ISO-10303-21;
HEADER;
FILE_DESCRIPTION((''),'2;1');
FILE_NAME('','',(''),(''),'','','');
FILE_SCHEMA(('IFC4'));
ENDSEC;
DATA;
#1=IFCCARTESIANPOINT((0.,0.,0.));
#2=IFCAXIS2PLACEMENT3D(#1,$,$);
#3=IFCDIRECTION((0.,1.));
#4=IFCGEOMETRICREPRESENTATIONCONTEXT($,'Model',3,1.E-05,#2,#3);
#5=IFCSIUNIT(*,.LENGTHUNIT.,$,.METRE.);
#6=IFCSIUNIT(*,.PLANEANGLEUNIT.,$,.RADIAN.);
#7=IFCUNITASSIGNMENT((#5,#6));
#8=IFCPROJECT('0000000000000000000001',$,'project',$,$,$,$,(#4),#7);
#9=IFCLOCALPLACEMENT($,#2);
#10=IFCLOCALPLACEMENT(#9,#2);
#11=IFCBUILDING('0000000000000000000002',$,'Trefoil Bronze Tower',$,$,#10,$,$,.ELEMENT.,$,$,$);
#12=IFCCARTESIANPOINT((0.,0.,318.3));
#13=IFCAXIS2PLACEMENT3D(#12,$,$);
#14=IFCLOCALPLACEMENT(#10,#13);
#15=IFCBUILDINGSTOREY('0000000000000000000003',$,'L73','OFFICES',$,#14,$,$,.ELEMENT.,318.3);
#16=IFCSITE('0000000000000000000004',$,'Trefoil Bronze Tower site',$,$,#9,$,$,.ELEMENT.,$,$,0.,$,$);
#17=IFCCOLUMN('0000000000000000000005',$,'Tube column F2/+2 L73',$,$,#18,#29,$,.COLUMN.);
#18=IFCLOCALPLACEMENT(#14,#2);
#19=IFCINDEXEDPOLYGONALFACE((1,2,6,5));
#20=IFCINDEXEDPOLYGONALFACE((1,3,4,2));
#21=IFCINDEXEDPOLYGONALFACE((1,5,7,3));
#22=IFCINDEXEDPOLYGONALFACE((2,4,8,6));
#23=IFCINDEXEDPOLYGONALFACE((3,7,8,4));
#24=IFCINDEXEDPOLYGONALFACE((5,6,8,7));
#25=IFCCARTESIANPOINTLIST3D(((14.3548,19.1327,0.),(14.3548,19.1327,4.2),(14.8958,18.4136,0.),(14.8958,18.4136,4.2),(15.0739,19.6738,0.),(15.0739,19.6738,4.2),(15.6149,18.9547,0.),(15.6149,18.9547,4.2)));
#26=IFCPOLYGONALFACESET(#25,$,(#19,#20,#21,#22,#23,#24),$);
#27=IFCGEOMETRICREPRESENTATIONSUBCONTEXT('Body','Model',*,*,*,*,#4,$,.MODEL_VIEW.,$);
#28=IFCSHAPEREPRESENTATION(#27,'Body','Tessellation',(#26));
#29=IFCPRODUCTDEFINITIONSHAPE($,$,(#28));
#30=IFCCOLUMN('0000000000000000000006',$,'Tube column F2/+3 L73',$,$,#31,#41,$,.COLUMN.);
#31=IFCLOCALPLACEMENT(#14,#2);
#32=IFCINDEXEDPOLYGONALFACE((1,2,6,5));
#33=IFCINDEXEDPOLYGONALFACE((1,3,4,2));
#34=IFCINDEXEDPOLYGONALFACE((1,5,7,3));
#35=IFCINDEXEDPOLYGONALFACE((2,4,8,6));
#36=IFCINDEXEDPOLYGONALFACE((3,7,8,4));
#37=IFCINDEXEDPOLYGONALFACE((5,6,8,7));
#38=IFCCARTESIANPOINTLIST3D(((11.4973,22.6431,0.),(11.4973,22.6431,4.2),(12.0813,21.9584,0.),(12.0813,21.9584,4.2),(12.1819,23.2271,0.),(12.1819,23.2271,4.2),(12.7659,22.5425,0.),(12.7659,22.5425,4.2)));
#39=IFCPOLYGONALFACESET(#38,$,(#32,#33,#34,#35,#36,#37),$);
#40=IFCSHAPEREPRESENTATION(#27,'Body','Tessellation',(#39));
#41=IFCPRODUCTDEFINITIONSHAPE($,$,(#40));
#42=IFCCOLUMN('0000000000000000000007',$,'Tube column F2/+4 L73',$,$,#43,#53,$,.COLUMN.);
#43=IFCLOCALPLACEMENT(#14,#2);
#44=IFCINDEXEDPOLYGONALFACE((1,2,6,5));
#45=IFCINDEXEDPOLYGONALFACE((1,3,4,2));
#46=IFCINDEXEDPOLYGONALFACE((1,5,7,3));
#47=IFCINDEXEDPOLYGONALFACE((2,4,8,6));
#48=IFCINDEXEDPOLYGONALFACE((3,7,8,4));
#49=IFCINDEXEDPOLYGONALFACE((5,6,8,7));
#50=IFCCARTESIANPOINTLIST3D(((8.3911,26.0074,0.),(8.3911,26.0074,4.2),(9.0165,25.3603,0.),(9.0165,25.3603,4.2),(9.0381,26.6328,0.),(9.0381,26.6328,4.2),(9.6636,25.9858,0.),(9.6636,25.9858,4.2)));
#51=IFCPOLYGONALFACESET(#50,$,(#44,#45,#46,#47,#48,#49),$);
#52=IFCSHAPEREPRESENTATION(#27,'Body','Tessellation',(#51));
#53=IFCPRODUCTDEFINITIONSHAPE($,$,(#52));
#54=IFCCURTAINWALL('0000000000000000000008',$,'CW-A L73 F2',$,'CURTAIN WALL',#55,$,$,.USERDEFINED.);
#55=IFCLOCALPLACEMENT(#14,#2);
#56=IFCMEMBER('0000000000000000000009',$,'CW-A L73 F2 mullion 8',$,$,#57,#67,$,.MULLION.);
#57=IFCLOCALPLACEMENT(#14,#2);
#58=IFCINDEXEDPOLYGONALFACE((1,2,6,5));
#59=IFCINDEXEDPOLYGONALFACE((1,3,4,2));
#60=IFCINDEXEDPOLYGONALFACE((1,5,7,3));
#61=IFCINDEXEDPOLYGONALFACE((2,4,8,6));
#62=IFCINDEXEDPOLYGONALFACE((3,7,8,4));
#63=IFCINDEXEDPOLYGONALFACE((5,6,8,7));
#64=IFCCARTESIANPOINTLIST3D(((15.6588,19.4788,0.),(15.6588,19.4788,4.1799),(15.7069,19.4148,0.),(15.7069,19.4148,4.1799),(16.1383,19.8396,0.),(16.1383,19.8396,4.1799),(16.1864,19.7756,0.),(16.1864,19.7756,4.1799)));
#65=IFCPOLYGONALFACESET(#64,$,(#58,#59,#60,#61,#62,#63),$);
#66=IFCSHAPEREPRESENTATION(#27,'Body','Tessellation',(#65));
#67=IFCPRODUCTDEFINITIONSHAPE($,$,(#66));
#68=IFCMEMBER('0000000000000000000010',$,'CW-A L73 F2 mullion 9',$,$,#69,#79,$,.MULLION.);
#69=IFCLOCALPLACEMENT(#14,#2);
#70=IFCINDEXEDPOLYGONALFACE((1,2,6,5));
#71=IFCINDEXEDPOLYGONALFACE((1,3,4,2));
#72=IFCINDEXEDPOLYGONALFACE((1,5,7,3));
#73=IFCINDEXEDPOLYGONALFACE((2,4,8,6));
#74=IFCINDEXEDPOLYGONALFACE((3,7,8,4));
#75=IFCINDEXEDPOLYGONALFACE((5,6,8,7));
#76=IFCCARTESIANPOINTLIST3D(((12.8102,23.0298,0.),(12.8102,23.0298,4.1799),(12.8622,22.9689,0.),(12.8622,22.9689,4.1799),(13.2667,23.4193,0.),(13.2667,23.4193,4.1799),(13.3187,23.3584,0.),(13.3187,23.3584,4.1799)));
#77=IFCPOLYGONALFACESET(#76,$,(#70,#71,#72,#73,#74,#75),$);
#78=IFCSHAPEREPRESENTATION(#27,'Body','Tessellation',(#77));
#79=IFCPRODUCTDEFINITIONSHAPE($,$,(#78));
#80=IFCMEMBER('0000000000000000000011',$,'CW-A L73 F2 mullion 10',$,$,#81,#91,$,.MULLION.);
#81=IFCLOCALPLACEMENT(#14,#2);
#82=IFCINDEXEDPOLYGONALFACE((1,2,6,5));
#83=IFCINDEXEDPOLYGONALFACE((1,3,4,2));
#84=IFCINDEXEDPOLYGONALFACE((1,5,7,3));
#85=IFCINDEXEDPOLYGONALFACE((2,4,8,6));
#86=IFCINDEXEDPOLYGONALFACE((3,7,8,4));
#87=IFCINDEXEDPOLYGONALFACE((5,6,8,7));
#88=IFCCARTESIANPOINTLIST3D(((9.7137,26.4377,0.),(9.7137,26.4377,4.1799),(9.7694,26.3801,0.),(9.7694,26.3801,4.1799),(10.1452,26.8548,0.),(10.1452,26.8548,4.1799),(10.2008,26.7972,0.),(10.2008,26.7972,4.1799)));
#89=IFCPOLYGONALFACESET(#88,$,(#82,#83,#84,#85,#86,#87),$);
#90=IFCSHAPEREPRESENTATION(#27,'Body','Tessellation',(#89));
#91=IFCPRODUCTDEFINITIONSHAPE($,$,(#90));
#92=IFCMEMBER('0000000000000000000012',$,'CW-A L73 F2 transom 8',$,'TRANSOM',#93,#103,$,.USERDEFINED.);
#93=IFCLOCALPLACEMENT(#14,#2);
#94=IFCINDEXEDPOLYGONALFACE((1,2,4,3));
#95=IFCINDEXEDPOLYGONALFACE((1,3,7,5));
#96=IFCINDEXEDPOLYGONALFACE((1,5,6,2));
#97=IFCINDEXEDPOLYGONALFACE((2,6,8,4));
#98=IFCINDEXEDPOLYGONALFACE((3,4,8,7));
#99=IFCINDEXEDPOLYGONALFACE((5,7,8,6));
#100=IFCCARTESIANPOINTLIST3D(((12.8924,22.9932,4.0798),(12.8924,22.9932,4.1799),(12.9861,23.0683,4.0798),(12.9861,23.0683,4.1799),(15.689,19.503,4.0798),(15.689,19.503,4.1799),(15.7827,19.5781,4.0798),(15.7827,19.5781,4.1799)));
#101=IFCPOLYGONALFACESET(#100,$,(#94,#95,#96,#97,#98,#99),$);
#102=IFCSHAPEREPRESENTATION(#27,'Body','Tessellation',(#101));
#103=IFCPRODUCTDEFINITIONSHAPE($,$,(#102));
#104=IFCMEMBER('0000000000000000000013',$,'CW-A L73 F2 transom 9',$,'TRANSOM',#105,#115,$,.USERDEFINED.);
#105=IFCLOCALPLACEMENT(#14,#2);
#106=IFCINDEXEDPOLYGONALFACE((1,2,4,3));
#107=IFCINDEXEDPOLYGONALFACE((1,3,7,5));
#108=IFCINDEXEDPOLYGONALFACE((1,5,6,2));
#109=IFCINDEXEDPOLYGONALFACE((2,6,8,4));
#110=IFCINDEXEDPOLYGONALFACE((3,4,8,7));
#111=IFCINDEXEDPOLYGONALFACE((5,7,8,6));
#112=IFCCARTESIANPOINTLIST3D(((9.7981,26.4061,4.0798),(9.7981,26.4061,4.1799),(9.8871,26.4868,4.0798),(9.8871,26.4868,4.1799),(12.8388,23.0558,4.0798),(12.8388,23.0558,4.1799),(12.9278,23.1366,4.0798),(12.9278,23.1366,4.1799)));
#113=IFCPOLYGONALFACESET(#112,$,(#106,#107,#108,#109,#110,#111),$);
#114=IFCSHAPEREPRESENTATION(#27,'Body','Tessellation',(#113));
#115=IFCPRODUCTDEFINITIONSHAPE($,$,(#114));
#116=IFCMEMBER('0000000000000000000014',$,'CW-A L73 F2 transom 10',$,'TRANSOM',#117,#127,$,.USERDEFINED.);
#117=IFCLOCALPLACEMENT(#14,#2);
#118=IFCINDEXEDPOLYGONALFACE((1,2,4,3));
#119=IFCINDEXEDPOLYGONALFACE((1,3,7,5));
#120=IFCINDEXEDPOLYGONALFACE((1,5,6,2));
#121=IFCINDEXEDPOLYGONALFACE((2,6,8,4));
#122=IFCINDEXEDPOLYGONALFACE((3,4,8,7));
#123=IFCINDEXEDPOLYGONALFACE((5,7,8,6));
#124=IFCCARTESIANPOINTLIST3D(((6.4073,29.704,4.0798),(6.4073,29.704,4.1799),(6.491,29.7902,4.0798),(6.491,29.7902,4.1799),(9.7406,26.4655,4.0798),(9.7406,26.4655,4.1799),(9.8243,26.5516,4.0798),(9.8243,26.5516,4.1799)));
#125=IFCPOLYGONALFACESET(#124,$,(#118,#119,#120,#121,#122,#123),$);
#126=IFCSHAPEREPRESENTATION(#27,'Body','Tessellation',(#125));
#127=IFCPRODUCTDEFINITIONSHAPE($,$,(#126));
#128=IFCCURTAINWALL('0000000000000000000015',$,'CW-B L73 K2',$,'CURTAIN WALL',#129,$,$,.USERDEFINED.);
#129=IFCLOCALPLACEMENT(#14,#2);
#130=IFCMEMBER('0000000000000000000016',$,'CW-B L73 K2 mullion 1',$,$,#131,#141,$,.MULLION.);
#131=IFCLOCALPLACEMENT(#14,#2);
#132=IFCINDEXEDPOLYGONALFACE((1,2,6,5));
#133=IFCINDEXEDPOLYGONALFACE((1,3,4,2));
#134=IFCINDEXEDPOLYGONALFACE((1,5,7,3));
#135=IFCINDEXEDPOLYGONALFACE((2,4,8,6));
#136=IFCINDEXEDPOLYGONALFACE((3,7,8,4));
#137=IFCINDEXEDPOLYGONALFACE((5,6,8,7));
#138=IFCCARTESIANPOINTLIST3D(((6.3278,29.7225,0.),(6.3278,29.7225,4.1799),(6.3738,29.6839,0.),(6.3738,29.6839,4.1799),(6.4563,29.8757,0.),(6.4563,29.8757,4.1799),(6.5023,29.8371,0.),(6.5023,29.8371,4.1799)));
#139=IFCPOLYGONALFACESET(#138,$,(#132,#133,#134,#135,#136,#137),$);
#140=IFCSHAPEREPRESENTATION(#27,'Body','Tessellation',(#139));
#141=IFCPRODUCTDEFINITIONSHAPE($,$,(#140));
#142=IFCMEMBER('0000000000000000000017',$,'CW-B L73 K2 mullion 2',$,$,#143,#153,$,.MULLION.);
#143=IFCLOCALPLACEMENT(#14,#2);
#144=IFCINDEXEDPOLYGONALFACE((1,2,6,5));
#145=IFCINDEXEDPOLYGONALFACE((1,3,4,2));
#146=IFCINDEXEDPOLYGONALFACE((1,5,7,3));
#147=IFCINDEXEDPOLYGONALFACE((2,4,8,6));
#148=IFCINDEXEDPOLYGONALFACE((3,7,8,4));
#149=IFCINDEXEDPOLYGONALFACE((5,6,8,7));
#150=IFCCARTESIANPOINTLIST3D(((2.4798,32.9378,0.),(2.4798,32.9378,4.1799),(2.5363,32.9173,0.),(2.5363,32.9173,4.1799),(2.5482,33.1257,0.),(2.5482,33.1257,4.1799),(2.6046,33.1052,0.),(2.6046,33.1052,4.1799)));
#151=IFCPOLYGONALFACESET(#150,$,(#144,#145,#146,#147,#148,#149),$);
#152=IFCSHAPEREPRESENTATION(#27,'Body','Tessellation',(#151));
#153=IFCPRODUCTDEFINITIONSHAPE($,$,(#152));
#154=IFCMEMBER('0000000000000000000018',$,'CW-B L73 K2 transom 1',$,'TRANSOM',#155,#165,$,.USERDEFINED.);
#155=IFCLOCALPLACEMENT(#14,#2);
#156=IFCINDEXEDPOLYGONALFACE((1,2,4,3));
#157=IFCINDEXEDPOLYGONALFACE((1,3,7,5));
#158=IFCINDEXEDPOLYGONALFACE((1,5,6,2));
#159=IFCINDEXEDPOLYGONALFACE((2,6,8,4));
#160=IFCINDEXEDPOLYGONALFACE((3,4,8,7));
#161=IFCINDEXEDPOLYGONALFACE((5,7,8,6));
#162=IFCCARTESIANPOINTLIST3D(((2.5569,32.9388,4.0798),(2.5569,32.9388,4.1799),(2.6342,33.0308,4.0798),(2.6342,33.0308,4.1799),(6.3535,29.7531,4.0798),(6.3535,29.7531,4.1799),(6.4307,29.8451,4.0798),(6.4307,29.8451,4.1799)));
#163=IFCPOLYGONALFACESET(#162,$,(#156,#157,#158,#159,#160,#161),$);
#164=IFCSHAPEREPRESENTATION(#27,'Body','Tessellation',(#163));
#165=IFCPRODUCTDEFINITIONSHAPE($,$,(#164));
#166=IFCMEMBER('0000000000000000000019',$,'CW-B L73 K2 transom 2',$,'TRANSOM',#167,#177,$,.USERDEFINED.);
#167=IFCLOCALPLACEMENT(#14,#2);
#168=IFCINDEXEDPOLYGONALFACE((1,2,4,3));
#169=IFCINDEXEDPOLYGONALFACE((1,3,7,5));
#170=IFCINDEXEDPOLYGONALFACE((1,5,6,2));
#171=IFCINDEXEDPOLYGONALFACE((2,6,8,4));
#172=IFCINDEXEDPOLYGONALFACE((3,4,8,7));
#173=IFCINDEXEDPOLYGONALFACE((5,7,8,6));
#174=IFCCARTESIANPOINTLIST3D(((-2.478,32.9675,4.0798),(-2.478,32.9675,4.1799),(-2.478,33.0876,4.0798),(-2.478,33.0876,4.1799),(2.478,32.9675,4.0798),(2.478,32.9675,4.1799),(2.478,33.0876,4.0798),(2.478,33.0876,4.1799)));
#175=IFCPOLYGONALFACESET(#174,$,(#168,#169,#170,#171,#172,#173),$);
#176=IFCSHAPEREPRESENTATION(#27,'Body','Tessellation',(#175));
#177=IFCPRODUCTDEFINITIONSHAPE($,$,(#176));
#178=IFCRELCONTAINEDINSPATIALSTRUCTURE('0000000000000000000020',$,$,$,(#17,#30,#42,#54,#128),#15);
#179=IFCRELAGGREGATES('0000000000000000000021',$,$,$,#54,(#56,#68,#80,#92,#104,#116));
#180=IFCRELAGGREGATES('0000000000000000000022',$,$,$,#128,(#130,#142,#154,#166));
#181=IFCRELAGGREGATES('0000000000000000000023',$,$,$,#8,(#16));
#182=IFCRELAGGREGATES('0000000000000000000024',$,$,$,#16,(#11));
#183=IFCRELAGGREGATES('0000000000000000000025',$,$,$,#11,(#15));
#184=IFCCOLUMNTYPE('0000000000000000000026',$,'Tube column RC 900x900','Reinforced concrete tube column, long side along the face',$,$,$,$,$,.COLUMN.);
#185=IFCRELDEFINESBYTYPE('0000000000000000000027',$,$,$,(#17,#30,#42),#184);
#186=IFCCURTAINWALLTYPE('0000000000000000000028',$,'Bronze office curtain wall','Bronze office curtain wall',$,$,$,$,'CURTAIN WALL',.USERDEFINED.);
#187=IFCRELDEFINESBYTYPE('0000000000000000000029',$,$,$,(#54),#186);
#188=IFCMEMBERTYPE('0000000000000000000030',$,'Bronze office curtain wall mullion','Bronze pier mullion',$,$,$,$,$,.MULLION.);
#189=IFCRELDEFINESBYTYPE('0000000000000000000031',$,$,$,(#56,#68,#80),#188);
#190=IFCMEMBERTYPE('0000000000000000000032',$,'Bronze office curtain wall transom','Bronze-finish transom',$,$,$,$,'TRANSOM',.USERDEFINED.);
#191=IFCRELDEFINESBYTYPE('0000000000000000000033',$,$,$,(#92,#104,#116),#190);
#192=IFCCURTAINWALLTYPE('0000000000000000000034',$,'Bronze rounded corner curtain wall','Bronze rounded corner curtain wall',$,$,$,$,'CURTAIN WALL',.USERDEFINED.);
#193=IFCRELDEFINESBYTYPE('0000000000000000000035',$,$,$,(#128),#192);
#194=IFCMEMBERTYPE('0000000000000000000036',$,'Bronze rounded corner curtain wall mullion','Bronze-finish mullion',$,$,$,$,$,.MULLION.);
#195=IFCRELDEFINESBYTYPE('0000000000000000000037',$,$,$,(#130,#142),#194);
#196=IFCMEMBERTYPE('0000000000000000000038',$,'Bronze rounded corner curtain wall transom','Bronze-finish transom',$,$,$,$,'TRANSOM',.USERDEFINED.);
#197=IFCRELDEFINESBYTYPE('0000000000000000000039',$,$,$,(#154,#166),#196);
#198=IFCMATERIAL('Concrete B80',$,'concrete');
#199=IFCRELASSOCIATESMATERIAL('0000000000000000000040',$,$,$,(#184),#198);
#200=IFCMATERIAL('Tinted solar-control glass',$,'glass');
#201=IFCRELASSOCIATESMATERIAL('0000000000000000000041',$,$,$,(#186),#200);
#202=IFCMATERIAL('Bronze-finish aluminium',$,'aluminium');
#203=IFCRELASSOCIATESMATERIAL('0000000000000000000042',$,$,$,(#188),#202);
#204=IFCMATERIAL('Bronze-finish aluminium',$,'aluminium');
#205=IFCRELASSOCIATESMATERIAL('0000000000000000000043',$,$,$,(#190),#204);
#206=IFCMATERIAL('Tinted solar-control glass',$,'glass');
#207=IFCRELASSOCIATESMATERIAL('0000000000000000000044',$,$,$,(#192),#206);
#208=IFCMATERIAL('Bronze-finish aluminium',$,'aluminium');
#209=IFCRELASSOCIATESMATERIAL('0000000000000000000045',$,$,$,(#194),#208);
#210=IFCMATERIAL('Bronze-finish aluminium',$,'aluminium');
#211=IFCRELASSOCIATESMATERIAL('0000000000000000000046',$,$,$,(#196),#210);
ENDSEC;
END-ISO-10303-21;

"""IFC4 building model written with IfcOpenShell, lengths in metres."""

from ifc_helpers import new_model, si_unit, direction, frame, origin, origin_2d, place, context, subcontext, project, spatial, rectangle, extrude, material, material_profile, profile_set, type_object, element, aggregate, save


model = new_model("IFC4")

# Units and contexts
model_context = context("Model", 3, precision=1e-05, world=origin(), true_north=direction((0.0, 1.0)))
body_context = subcontext(model_context, "Body", "Model", "MODEL_VIEW")
ifc_project = project(units=[si_unit("LENGTHUNIT", "METRE"), si_unit("PLANEANGLEUNIT", "RADIAN")], contexts=[model_context])

# Site, building, storey
site_placement = place(None, origin())
site = spatial("IfcSite", under=ifc_project, at=site_placement, Name="Trefoil Bronze Tower site", CompositionType="ELEMENT", RefElevation=0.0)
building_placement = place(site_placement, origin())
building = spatial("IfcBuilding", under=site, at=building_placement, Name="Trefoil Bronze Tower", CompositionType="ELEMENT")
storey_placement = place(building_placement, frame((0.0, 0.0, 318.3)))
storey = spatial("IfcBuildingStorey", under=building, at=storey_placement, Name="L73", Description="OFFICES", CompositionType="ELEMENT", Elevation=318.3)

# Columns
ifc_material_1 = material(Name="Concrete B80", Category="concrete")
ifc_material_profile_1 = material_profile(ifc_material_1, rectangle(XDim=0.8999, YDim=0.8999, at=origin_2d()), Name="RC 900x900")
ifc_profile_set_1 = profile_set([ifc_material_profile_1], Name="Concrete B80")
column_type = type_object("IfcColumnType", Name="Tube column RC 900x900", Description="Reinforced concrete tube column, long side along the face", PredefinedType="COLUMN", material=ifc_profile_set_1)
for number, where, z_axis, x_axis, name in (
    (1, (14.9849, 19.0437, 0.0), (0.0, 0.0, 1.0), (-0.601203, 0.799096, 0.0), "Tube column F2/+2 L73"),
    (2, (12.1316, 22.5928, 0.0), (0.0, 0.0, 1.0), (-0.649008, 0.760781, 0.0), "Tube column F2/+3 L73"),
    (3, (9.0273, 25.9966, 0.0), (0.0, 0.0, 1.0), (-0.695009, 0.719001, 0.0), "Tube column F2/+4 L73"),
):
    element("IfcColumn", number, at=place(storey_placement, frame(where, z_axis=z_axis, x_axis=x_axis)), inside=storey, type_object=column_type, Name=name, PredefinedType="COLUMN", context=body_context, shape_type="SweptSolid", body=[
        extrude(rectangle(XDim=0.8999, YDim=0.8999, at=origin_2d()), origin(), (0.0, 0.0, 1.0), 4.2),
    ])

# Curtain walls, members
ifc_material_2 = material(Name="Tinted solar-control glass", Category="glass")
curtain_wall_type_1 = type_object("IfcCurtainWallType", Name="Bronze office curtain wall", Description="Bronze office curtain wall", ElementType="CURTAIN WALL", PredefinedType="USERDEFINED", material=ifc_material_2)
curtain_wall_1_placement = place(storey_placement, origin())
curtain_wall_1 = element("IfcCurtainWall", 4, at=curtain_wall_1_placement, inside=storey, type_object=curtain_wall_type_1, Name="CW-A L73 F2", ObjectType="CURTAIN WALL", PredefinedType="USERDEFINED")
ifc_material_3 = material(Name="Bronze-finish aluminium", Category="aluminium")
ifc_material_profile_2 = material_profile(ifc_material_3, rectangle(XDim=0.6001, YDim=0.0801, at=origin_2d()), Name="CW-A mullion")
ifc_profile_set_2 = profile_set([ifc_material_profile_2], Name="Bronze-finish aluminium")
member_type_1 = type_object("IfcMemberType", Name="Bronze office curtain wall mullion", Description="Bronze pier mullion", PredefinedType="MULLION", material=ifc_profile_set_2)
member_1_placement = place(storey_placement, frame((15.9226, 19.6272, 0.0), z_axis=(0.0, 0.0, 1.0), x_axis=(-0.799096, -0.601203, 0.0)))
member_1 = element("IfcMember", 5, at=member_1_placement, type_object=member_type_1, Name="CW-A L73 F2 mullion 8", PredefinedType="MULLION", context=body_context, shape_type="SweptSolid", body=[
    extrude(rectangle(XDim=0.6001, YDim=0.0801, at=origin_2d()), origin(), (0.0, 0.0, 1.0), 4.1799),
])
member_2_placement = place(storey_placement, frame((13.0645, 23.1941, 0.0), z_axis=(0.0, 0.0, 1.0), x_axis=(-0.760781, -0.649008, 0.0)))
member_2 = element("IfcMember", 6, at=member_2_placement, type_object=member_type_1, Name="CW-A L73 F2 mullion 9", PredefinedType="MULLION", context=body_context, shape_type="SweptSolid", body=[
    extrude(rectangle(XDim=0.6001, YDim=0.0801, at=origin_2d()), origin(), (0.0, 0.0, 1.0), 4.1799),
])
member_3_placement = place(storey_placement, frame((9.9573, 26.6174, 0.0), z_axis=(0.0, 0.0, 1.0), x_axis=(-0.719001, -0.695009, 0.0)))
member_3 = element("IfcMember", 7, at=member_3_placement, type_object=member_type_1, Name="CW-A L73 F2 mullion 10", PredefinedType="MULLION", context=body_context, shape_type="SweptSolid", body=[
    extrude(rectangle(XDim=0.6001, YDim=0.0801, at=origin_2d()), origin(), (0.0, 0.0, 1.0), 4.1799),
])
ifc_material_4 = material(Name="Bronze-finish aluminium", Category="aluminium")
ifc_material_profile_3 = material_profile(ifc_material_4, rectangle(XDim=0.1201, YDim=0.1001, at=origin_2d()), Name="CW-A transom")
ifc_profile_set_3 = profile_set([ifc_material_profile_3], Name="Bronze-finish aluminium")
member_type_2 = type_object("IfcMemberType", Name="Bronze office curtain wall transom", Description="Bronze-finish transom", ElementType="TRANSOM", PredefinedType="USERDEFINED", material=ifc_profile_set_3)
member_4_placement = place(storey_placement, frame((15.7358, 19.5405, 4.1299), z_axis=(-0.625301, 0.780384, 0.0), x_axis=(-0.780384, -0.625301, 0.0)))
member_4 = element("IfcMember", 8, at=member_4_placement, type_object=member_type_2, Name="CW-A L73 F2 transom 8", ObjectType="TRANSOM", PredefinedType="USERDEFINED", context=body_context, shape_type="SweptSolid", body=[
    extrude(rectangle(XDim=0.1201, YDim=0.1001, at=origin_2d()), origin(), (0.0, 0.0, 1.0), 4.4724),
])
member_5_placement = place(storey_placement, frame((12.8833, 23.0962, 4.1299), z_axis=(-0.672068, 0.740489, 0.0), x_axis=(-0.740489, -0.672068, 0.0)))
member_5 = element("IfcMember", 9, at=member_5_placement, type_object=member_type_2, Name="CW-A L73 F2 transom 9", ObjectType="TRANSOM", PredefinedType="USERDEFINED", context=body_context, shape_type="SweptSolid", body=[
    extrude(rectangle(XDim=0.1201, YDim=0.1001, at=origin_2d()), origin(), (0.0, 0.0, 1.0), 4.5244),
])
member_6_placement = place(storey_placement, frame((9.7825, 26.5085, 4.1299), z_axis=(-0.717225, 0.696842, 0.0), x_axis=(-0.696842, -0.717225, 0.0)))
member_6 = element("IfcMember", 10, at=member_6_placement, type_object=member_type_2, Name="CW-A L73 F2 transom 10", ObjectType="TRANSOM", PredefinedType="USERDEFINED", context=body_context, shape_type="SweptSolid", body=[
    extrude(rectangle(XDim=0.1201, YDim=0.1001, at=origin_2d()), origin(), (0.0, 0.0, 1.0), 4.6475),
])
ifc_material_5 = material(Name="Tinted solar-control glass", Category="glass")
curtain_wall_type_2 = type_object("IfcCurtainWallType", Name="Bronze rounded corner curtain wall", Description="Bronze rounded corner curtain wall", ElementType="CURTAIN WALL", PredefinedType="USERDEFINED", material=ifc_material_5)
curtain_wall_2_placement = place(storey_placement, origin())
curtain_wall_2 = element("IfcCurtainWall", 11, at=curtain_wall_2_placement, inside=storey, type_object=curtain_wall_type_2, Name="CW-B L73 K2", ObjectType="CURTAIN WALL", PredefinedType="USERDEFINED")
ifc_material_6 = material(Name="Bronze-finish aluminium", Category="aluminium")
ifc_material_profile_4 = material_profile(ifc_material_6, rectangle(XDim=0.2, YDim=0.0601, at=origin_2d()), Name="CW-B mullion")
ifc_profile_set_4 = profile_set([ifc_material_profile_4], Name="Bronze-finish aluminium")
member_type_3 = type_object("IfcMemberType", Name="Bronze rounded corner curtain wall mullion", Description="Bronze-finish mullion", PredefinedType="MULLION", material=ifc_profile_set_4)
member_7_placement = place(storey_placement, frame((6.415, 29.7798, 0.0), z_axis=(0.0, 0.0, 1.0), x_axis=(-0.642788, -0.766044, 0.0)))
member_7 = element("IfcMember", 12, at=member_7_placement, type_object=member_type_3, Name="CW-B L73 K2 mullion 1", PredefinedType="MULLION", context=body_context, shape_type="SweptSolid", body=[
    extrude(rectangle(XDim=0.2, YDim=0.0601, at=origin_2d()), origin(), (0.0, 0.0, 1.0), 4.1799),
])
member_8_placement = place(storey_placement, frame((2.5422, 33.0215, 0.0), z_axis=(0.0, 0.0, 1.0), x_axis=(-0.34202, -0.939693, 0.0)))
member_8 = element("IfcMember", 13, at=member_8_placement, type_object=member_type_3, Name="CW-B L73 K2 mullion 2", PredefinedType="MULLION", context=body_context, shape_type="SweptSolid", body=[
    extrude(rectangle(XDim=0.2, YDim=0.0601, at=origin_2d()), origin(), (0.0, 0.0, 1.0), 4.1799),
])
ifc_material_7 = material(Name="Bronze-finish aluminium", Category="aluminium")
ifc_material_profile_5 = material_profile(ifc_material_7, rectangle(XDim=0.1201, YDim=0.1001, at=origin_2d()), Name="CW-B transom")
ifc_profile_set_5 = profile_set([ifc_material_profile_5], Name="Bronze-finish aluminium")
member_type_4 = type_object("IfcMemberType", Name="Bronze rounded corner curtain wall transom", Description="Bronze-finish transom", ElementType="TRANSOM", PredefinedType="USERDEFINED", material=ifc_profile_set_5)
member_9_placement = place(storey_placement, frame((6.3921, 29.7991, 4.1299), z_axis=(-0.766041, 0.642792, 0.0), x_axis=(-0.642792, -0.766041, 0.0)))
member_9 = element("IfcMember", 14, at=member_9_placement, type_object=member_type_4, Name="CW-B L73 K2 transom 1", ObjectType="TRANSOM", PredefinedType="USERDEFINED", context=body_context, shape_type="SweptSolid", body=[
    extrude(rectangle(XDim=0.1201, YDim=0.1001, at=origin_2d()), origin(), (0.0, 0.0, 1.0), 4.9561),
])
member_10_placement = place(storey_placement, frame((2.478, 33.0276, 4.1299), z_axis=(-1.0, 0.0, 0.0), x_axis=(0.0, -1.0, 0.0)))
member_10 = element("IfcMember", 15, at=member_10_placement, type_object=member_type_4, Name="CW-B L73 K2 transom 2", ObjectType="TRANSOM", PredefinedType="USERDEFINED", context=body_context, shape_type="SweptSolid", body=[
    extrude(rectangle(XDim=0.1201, YDim=0.1001, at=origin_2d()), origin(), (0.0, 0.0, 1.0), 4.9561),
])

aggregate(curtain_wall_1, [member_1, member_2, member_3, member_4, member_5, member_6])
aggregate(curtain_wall_2, [member_7, member_8, member_9, member_10])

save(model, "model.ifc")
